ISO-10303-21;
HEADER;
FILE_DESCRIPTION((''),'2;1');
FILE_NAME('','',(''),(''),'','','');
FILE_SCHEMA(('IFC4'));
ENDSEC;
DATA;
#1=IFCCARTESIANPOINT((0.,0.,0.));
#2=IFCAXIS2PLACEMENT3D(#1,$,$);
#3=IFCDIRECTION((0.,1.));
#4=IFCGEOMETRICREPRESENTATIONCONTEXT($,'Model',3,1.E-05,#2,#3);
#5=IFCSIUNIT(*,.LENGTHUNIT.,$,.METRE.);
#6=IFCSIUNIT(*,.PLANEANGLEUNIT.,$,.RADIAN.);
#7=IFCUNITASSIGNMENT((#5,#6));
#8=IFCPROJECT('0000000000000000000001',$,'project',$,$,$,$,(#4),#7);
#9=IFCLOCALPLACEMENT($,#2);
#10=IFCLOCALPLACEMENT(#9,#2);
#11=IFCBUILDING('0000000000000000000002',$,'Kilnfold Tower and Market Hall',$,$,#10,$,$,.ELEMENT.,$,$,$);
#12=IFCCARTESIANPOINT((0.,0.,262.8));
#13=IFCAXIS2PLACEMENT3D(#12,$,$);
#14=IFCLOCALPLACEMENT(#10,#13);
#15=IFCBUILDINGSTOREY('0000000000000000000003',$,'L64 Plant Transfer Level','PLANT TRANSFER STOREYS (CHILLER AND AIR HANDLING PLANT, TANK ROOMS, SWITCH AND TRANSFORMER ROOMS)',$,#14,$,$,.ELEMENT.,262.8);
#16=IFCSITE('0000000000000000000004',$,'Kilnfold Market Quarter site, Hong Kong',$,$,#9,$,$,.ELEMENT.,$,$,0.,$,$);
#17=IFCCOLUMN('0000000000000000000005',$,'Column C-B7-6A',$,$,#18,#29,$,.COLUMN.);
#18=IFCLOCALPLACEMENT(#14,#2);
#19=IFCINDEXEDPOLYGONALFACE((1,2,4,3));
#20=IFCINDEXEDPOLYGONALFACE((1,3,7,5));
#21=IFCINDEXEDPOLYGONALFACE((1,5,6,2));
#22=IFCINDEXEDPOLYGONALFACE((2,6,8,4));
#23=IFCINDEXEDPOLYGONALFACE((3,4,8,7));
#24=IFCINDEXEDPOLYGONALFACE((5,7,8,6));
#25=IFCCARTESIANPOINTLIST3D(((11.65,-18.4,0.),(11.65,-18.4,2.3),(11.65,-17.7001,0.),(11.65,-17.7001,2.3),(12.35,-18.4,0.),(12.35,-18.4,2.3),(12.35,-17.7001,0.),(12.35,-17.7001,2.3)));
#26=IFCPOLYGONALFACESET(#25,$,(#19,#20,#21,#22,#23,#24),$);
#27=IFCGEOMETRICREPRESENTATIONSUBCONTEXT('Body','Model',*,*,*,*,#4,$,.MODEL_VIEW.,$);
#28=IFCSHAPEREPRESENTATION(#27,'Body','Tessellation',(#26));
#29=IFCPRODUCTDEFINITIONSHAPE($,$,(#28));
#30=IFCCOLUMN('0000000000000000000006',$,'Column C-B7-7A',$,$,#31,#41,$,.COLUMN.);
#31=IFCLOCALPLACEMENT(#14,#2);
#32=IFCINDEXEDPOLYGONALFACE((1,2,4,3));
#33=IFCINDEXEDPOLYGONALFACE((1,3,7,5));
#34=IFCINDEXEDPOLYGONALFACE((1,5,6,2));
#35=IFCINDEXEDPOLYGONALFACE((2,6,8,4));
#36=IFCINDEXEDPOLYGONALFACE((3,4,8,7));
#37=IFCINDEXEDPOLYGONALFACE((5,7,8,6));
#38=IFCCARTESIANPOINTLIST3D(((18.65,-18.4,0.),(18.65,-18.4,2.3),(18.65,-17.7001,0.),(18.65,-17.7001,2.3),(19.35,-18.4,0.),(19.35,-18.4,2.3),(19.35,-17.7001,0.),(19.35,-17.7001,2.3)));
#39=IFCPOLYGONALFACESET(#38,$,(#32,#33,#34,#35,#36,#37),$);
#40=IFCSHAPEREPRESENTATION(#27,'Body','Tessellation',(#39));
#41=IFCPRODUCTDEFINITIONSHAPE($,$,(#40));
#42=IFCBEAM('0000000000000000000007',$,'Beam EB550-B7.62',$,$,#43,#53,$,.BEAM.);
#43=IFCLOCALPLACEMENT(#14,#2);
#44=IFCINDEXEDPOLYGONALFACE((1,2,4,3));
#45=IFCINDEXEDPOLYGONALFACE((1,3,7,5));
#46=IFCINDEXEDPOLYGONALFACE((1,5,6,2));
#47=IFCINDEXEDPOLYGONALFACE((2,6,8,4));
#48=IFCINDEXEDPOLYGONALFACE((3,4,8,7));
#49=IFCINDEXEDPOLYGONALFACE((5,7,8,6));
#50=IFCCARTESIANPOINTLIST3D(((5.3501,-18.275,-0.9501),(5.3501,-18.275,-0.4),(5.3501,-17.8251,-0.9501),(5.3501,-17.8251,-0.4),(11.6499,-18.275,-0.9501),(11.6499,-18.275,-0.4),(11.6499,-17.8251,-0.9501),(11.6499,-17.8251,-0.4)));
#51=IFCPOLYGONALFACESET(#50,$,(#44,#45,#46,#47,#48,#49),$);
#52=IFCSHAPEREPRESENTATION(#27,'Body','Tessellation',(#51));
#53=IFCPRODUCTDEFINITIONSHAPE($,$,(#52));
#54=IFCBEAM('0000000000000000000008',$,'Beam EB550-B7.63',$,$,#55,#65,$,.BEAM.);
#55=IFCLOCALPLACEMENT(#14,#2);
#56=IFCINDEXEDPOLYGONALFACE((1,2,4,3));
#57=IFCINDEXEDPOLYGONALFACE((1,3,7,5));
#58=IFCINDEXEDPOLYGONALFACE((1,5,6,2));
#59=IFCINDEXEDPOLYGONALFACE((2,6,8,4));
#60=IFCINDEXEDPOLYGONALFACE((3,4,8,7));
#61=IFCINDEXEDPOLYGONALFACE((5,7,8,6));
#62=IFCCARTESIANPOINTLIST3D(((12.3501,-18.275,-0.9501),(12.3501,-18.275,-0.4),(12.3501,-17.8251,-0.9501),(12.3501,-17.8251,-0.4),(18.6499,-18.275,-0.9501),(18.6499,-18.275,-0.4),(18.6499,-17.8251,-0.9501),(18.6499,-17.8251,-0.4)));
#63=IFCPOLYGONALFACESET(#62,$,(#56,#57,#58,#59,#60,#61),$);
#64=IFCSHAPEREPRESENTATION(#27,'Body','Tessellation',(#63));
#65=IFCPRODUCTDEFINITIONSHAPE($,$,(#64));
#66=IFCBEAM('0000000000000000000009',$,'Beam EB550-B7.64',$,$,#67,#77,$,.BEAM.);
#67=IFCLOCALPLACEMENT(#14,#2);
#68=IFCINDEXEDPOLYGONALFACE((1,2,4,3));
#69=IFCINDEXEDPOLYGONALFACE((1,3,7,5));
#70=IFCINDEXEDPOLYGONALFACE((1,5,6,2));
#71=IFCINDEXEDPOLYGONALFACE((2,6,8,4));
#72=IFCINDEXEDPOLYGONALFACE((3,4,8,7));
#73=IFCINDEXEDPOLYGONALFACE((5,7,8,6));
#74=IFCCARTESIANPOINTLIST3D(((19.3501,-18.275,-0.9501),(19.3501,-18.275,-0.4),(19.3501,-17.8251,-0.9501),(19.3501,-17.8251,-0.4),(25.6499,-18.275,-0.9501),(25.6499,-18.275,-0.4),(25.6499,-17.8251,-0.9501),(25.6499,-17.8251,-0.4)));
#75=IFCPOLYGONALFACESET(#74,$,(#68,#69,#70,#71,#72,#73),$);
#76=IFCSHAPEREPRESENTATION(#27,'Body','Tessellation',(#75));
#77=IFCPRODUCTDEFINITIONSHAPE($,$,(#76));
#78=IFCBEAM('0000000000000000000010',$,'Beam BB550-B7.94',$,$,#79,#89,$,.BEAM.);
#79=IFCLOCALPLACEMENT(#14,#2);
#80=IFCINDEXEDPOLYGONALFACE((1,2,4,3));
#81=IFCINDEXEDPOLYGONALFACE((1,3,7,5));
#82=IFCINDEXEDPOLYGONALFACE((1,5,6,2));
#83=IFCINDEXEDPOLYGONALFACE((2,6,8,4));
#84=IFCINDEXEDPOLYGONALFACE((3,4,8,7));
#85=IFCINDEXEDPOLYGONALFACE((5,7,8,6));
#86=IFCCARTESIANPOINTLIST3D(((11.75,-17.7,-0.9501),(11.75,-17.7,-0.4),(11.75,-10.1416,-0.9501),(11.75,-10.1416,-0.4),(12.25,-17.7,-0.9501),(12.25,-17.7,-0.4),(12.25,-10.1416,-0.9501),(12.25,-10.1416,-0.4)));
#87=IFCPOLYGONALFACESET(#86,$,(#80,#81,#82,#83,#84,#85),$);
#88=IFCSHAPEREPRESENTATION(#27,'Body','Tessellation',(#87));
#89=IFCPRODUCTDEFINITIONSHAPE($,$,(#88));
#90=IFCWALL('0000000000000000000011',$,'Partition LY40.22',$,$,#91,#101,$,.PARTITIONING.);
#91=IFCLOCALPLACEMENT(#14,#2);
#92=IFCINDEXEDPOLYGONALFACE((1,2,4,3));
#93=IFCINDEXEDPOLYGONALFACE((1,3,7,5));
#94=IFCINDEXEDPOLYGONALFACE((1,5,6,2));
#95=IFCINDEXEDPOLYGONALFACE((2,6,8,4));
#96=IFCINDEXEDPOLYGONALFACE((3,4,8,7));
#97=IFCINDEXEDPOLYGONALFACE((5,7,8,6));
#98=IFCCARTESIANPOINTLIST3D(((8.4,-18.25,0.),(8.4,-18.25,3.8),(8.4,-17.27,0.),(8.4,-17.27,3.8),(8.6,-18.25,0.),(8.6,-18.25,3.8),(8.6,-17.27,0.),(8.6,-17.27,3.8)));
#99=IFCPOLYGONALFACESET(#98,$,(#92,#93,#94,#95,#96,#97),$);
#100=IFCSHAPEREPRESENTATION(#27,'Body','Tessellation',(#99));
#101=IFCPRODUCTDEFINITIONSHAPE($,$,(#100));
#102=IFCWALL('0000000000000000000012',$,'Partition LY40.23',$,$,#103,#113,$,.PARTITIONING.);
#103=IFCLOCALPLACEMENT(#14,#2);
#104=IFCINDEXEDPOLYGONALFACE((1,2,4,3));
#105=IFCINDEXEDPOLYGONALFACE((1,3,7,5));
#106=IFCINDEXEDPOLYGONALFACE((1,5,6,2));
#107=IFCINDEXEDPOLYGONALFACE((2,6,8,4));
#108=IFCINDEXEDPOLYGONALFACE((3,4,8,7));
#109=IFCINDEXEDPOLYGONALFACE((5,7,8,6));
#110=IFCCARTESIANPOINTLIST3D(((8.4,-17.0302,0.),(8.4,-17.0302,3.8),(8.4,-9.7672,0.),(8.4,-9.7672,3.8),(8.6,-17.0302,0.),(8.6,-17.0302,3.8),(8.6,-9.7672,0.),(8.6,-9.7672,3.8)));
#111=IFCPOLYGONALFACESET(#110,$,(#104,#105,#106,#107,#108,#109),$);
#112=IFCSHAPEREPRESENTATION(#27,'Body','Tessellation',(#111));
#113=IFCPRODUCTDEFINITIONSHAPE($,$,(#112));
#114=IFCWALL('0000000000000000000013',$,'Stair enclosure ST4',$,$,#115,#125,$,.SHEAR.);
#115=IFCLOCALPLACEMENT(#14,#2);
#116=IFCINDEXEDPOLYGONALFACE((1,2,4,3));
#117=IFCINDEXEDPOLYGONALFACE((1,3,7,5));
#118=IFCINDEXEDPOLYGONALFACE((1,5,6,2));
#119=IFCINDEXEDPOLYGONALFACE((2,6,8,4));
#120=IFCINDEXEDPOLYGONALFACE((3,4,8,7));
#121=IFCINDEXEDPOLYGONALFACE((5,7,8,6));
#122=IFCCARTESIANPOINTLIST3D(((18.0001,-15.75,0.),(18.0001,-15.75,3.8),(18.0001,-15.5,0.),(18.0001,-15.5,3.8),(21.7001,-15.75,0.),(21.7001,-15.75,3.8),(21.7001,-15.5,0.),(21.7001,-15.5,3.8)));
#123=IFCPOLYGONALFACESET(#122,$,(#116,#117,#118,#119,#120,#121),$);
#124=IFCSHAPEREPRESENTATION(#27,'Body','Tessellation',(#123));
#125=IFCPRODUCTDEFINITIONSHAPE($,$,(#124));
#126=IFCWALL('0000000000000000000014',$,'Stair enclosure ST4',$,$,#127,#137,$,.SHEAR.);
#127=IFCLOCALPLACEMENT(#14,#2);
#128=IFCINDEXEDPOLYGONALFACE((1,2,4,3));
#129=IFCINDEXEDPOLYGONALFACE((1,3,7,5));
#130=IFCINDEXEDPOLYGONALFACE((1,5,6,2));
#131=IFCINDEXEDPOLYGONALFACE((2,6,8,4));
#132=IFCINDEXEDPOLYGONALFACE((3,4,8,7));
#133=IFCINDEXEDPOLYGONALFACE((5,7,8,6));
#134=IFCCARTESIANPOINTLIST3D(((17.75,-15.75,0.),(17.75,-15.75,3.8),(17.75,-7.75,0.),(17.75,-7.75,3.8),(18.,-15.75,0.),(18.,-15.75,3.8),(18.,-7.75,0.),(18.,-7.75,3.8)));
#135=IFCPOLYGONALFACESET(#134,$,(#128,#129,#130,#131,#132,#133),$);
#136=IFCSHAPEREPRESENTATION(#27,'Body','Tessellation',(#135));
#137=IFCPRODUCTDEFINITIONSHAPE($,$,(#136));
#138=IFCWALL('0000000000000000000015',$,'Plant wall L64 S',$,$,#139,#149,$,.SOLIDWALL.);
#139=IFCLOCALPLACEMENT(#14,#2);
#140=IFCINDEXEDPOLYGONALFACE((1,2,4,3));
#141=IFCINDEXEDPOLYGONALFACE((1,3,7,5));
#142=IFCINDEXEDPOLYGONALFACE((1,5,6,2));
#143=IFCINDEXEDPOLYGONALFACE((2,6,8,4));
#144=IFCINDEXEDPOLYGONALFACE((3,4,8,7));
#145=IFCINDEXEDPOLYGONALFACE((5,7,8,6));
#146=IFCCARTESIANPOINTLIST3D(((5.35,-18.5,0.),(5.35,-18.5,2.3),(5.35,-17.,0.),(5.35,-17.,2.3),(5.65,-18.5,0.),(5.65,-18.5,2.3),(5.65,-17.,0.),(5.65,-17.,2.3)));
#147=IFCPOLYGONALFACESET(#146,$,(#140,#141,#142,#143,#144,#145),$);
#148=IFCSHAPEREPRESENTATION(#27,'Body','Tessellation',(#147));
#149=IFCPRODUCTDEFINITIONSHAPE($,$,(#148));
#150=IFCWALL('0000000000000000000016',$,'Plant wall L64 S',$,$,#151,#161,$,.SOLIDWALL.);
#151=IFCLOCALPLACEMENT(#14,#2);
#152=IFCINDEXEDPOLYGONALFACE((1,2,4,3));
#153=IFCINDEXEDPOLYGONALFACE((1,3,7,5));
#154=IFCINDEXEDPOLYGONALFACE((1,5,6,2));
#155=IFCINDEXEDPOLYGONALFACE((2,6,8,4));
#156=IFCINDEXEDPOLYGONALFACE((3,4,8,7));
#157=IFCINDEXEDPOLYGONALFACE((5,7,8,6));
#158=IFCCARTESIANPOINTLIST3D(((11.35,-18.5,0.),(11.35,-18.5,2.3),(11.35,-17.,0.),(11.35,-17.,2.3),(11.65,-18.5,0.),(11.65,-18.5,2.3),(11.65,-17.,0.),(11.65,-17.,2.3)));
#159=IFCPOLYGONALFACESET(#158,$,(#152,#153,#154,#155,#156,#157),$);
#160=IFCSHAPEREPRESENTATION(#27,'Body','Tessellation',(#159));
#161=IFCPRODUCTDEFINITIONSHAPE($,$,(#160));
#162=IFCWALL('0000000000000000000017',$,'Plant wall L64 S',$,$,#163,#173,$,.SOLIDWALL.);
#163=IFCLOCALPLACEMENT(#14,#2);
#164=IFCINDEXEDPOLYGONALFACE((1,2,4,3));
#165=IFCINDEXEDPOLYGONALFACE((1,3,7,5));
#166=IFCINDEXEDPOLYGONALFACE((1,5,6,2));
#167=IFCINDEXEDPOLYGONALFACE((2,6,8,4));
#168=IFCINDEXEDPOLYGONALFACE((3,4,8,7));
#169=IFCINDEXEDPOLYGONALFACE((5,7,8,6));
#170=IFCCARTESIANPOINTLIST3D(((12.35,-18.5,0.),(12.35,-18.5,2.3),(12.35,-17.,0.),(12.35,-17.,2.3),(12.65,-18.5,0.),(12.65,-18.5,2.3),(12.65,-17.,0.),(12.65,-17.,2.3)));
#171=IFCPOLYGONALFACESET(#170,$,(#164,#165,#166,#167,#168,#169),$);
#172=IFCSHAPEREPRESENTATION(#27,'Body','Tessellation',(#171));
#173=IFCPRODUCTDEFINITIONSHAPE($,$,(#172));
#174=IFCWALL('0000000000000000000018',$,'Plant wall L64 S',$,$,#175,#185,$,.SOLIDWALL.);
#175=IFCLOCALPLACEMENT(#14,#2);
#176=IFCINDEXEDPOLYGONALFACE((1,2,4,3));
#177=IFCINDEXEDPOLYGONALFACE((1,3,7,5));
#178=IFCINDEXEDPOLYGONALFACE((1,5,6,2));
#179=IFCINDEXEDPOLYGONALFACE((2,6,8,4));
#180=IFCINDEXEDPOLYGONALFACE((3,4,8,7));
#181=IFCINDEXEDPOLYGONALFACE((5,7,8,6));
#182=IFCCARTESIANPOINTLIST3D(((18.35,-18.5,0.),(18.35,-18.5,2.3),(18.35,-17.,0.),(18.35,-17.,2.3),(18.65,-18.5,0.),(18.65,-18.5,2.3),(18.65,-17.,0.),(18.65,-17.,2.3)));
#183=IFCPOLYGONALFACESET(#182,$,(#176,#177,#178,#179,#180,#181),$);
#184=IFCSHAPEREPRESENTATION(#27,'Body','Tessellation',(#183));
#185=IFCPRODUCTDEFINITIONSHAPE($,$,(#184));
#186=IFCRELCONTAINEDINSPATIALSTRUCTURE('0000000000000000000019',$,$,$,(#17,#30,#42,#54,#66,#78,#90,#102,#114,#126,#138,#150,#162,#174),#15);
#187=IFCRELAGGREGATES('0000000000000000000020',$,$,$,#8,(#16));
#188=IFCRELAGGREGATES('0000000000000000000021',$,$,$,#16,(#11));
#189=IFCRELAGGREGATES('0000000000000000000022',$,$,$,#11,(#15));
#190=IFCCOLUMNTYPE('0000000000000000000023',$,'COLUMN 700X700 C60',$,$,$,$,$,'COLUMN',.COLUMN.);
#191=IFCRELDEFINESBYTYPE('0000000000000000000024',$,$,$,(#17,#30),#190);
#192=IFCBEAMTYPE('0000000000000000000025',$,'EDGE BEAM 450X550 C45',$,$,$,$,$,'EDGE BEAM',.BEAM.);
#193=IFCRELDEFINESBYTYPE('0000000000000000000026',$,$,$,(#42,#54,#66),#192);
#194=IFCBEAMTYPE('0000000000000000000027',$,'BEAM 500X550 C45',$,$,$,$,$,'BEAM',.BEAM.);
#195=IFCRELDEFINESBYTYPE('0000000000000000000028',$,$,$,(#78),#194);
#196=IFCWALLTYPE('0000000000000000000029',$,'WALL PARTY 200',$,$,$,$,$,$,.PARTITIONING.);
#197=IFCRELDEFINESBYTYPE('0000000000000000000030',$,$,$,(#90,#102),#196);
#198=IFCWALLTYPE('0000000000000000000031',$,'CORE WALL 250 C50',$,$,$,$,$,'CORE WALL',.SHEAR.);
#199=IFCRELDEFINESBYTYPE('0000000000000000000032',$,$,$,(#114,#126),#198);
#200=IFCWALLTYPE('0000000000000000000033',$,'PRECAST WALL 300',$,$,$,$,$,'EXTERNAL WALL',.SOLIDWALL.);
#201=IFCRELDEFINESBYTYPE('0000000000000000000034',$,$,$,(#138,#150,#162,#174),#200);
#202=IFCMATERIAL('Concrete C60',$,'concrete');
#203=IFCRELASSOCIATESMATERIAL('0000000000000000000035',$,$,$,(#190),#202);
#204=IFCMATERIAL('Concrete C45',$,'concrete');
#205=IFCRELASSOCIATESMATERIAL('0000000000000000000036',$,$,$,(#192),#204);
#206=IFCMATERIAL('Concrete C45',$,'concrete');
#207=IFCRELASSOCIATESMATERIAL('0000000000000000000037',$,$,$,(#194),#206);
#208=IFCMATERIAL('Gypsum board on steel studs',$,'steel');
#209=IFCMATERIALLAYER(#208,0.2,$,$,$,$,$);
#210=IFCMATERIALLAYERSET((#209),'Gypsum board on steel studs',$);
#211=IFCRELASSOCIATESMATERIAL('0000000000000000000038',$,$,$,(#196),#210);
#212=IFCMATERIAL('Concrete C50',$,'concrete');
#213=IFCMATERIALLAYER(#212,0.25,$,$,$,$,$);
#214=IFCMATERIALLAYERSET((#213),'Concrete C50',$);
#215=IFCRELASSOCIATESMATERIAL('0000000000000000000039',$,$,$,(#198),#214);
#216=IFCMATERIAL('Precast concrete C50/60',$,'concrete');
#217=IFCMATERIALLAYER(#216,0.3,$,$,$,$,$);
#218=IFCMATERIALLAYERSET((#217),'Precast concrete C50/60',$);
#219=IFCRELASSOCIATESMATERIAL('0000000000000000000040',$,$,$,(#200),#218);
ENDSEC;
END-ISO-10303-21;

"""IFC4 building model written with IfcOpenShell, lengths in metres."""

from ifc_helpers import new_model, si_unit, direction, frame, frame_2d, origin, origin_2d, place, context, subcontext, project, spatial, rectangle, extrude, source, transform, mapped, material, layer, layer_set, material_profile, profile_set, type_object, element, save


model = new_model("IFC4")

# Units and contexts
model_context = context("Model", 3, precision=1e-05, world=origin(), true_north=direction((0.0, 1.0)))
body_context = subcontext(model_context, "Body", "Model", "MODEL_VIEW")
ifc_project = project(units=[si_unit("LENGTHUNIT", "METRE"), si_unit("PLANEANGLEUNIT", "RADIAN")], contexts=[model_context])

# Site, building, storey
site_placement = place(None, origin())
site = spatial("IfcSite", under=ifc_project, at=site_placement, Name="Kilnfold Market Quarter site, Hong Kong", CompositionType="ELEMENT", RefElevation=0.0)
building_placement = place(site_placement, origin())
building = spatial("IfcBuilding", under=site, at=building_placement, Name="Kilnfold Tower and Market Hall", CompositionType="ELEMENT")
storey_placement = place(building_placement, frame((0.0, 0.0, 262.8)))
storey = spatial("IfcBuildingStorey", under=building, at=storey_placement, Name="L64 Plant Transfer Level", Description="PLANT TRANSFER STOREYS (CHILLER AND AIR HANDLING PLANT, TANK ROOMS, SWITCH AND TRANSFORMER ROOMS)", CompositionType="ELEMENT", Elevation=262.8)

# Columns
ifc_material_1 = material(Name="Concrete C60", Category="concrete")
ifc_material_profile_1 = material_profile(ifc_material_1, rectangle(XDim=0.7, YDim=0.7, at=origin_2d()), Name="RC 700x700")
ifc_profile_set_1 = profile_set([ifc_material_profile_1], Name="Concrete C60")
column_type = type_object("IfcColumnType", Name="COLUMN 700X700 C60", ElementType="COLUMN", PredefinedType="COLUMN", material=ifc_profile_set_1)
shared_shape_1 = source(origin(), body_context, "Body", "SweptSolid", [
    extrude(rectangle(XDim=0.7, YDim=0.7, at=origin_2d()), origin(), (0.0, 0.0, 1.0), 2.3),
])
for number, where, z_axis, x_axis, name in (
    (1, (12.0, -18.05, 0.0), (0.0, 0.0, 1.0), (1.0, 0.0, 0.0), "Column C-B7-6A"),
    (2, (19.0, -18.05, 0.0), (0.0, 0.0, 1.0), (1.0, 0.0, 0.0), "Column C-B7-7A"),
):
    element("IfcColumn", number, at=place(storey_placement, frame(where, z_axis=z_axis, x_axis=x_axis)), inside=storey, type_object=column_type, Name=name, PredefinedType="COLUMN", context=body_context, shape_type="MappedRepresentation", body=[
        mapped(shared_shape_1, transform((0.0, 0.0, 0.0))),
    ])

# Beams
ifc_material_2 = material(Name="Concrete C45", Category="concrete")
ifc_material_profile_2 = material_profile(ifc_material_2, rectangle(XDim=0.45, YDim=0.55, at=origin_2d()), Name="RC 450x550")
ifc_profile_set_2 = profile_set([ifc_material_profile_2], Name="Concrete C45")
beam_type_1 = type_object("IfcBeamType", Name="EDGE BEAM 450X550 C45", ElementType="EDGE BEAM", PredefinedType="BEAM", material=ifc_profile_set_2)
shared_shape_2 = source(origin(), body_context, "Body", "SweptSolid", [
    extrude(rectangle(XDim=0.45, YDim=0.55, at=origin_2d()), origin(), (0.0, 0.0, 1.0), 6.2998),
])
for number, where, z_axis, x_axis, name in (
    (3, (5.3501, -18.05, -0.675), (1.0, 0.0, 0.0), (0.0, 1.0, 0.0), "Beam EB550-B7.62"),
    (4, (12.3501, -18.05, -0.675), (1.0, 0.0, 0.0), (0.0, 1.0, 0.0), "Beam EB550-B7.63"),
    (5, (19.3501, -18.05, -0.675), (1.0, 0.0, 0.0), (0.0, 1.0, 0.0), "Beam EB550-B7.64"),
):
    element("IfcBeam", number, at=place(storey_placement, frame(where, z_axis=z_axis, x_axis=x_axis)), inside=storey, type_object=beam_type_1, Name=name, PredefinedType="BEAM", context=body_context, shape_type="MappedRepresentation", body=[
        mapped(shared_shape_2, transform((0.0, 0.0, 0.0))),
    ])
ifc_material_3 = material(Name="Concrete C45", Category="concrete")
ifc_material_profile_3 = material_profile(ifc_material_3, rectangle(XDim=0.5, YDim=0.55, at=origin_2d()), Name="RC 500x550")
ifc_profile_set_3 = profile_set([ifc_material_profile_3], Name="Concrete C45")
beam_type_2 = type_object("IfcBeamType", Name="BEAM 500X550 C45", ElementType="BEAM", PredefinedType="BEAM", material=ifc_profile_set_3)
shared_shape_3 = source(origin(), body_context, "Body", "SweptSolid", [
    extrude(rectangle(XDim=0.5, YDim=0.55, at=origin_2d()), origin(), (0.0, 0.0, 1.0), 7.5583),
])
beam_placement = place(storey_placement, frame((12.0, -17.7, -0.675), z_axis=(0.0, 1.0, 0.0), x_axis=(-1.0, 0.0, 0.0)))
element("IfcBeam", 6, at=beam_placement, inside=storey, type_object=beam_type_2, Name="Beam BB550-B7.94", PredefinedType="BEAM", context=body_context, shape_type="MappedRepresentation", body=[
    mapped(shared_shape_3, transform((0.0, 0.0, 0.0))),
])

# Walls
ifc_material_4 = material(Name="Gypsum board on steel studs", Category="steel")
ifc_layer_1 = layer(ifc_material_4, 0.2)
ifc_layer_set_1 = layer_set([ifc_layer_1], Name="Gypsum board on steel studs")
wall_type_1 = type_object("IfcWallType", Name="WALL PARTY 200", PredefinedType="PARTITIONING", material=ifc_layer_set_1)
wall_1_placement = place(storey_placement, frame((8.5, -18.25, 0.0), z_axis=(0.0, 0.0, 1.0), x_axis=(0.0, 1.0, 0.0)))
element("IfcWall", 7, at=wall_1_placement, inside=storey, type_object=wall_type_1, Name="Partition LY40.22", PredefinedType="PARTITIONING", context=body_context, shape_type="SweptSolid", body=[
    extrude(rectangle(XDim=0.98, YDim=0.2, at=frame_2d((0.49, 0.0))), origin(), (0.0, 0.0, 1.0), 3.8),
])
wall_2_placement = place(storey_placement, frame((8.5, -17.03, 0.0), z_axis=(0.0, 0.0, 1.0), x_axis=(0.0, 1.0, 0.0)))
element("IfcWall", 8, at=wall_2_placement, inside=storey, type_object=wall_type_1, Name="Partition LY40.23", PredefinedType="PARTITIONING", context=body_context, shape_type="SweptSolid", body=[
    extrude(rectangle(XDim=7.2629, YDim=0.2, at=frame_2d((3.6313, 0.0))), origin(), (0.0, 0.0, 1.0), 3.8),
])
ifc_material_5 = material(Name="Concrete C50", Category="concrete")
ifc_layer_2 = layer(ifc_material_5, 0.25)
ifc_layer_set_2 = layer_set([ifc_layer_2], Name="Concrete C50")
wall_type_2 = type_object("IfcWallType", Name="CORE WALL 250 C50", ElementType="CORE WALL", PredefinedType="SHEAR", material=ifc_layer_set_2)
shared_shape_4 = source(origin(), body_context, "Body", "SweptSolid", [
    extrude(rectangle(XDim=3.7, YDim=0.25, at=frame_2d((1.8501, 0.0))), origin(), (0.0, 0.0, 1.0), 3.8),
])
wall_3_placement = place(storey_placement, frame((18.0, -15.625, 0.0), z_axis=(0.0, 0.0, 1.0), x_axis=(1.0, 0.0, 0.0)))
element("IfcWall", 9, at=wall_3_placement, inside=storey, type_object=wall_type_2, Name="Stair enclosure ST4", PredefinedType="SHEAR", context=body_context, shape_type="MappedRepresentation", body=[
    mapped(shared_shape_4, transform((0.0, 0.0, 0.0))),
])
shared_shape_5 = source(origin(), body_context, "Body", "SweptSolid", [
    extrude(rectangle(XDim=8.0, YDim=0.25, at=frame_2d((4.0, 0.0))), origin(), (0.0, 0.0, 1.0), 3.8),
])
wall_4_placement = place(storey_placement, frame((17.875, -15.75, 0.0), z_axis=(0.0, 0.0, 1.0), x_axis=(0.0, 1.0, 0.0)))
element("IfcWall", 10, at=wall_4_placement, inside=storey, type_object=wall_type_2, Name="Stair enclosure ST4", PredefinedType="SHEAR", context=body_context, shape_type="MappedRepresentation", body=[
    mapped(shared_shape_5, transform((0.0, 0.0, 0.0))),
])
ifc_material_6 = material(Name="Precast concrete C50/60", Category="concrete")
ifc_layer_3 = layer(ifc_material_6, 0.3)
ifc_layer_set_3 = layer_set([ifc_layer_3], Name="Precast concrete C50/60")
wall_type_3 = type_object("IfcWallType", Name="PRECAST WALL 300", ElementType="EXTERNAL WALL", PredefinedType="SOLIDWALL", material=ifc_layer_set_3)
shared_shape_6 = source(origin(), body_context, "Body", "SweptSolid", [
    extrude(rectangle(XDim=1.5, YDim=0.3, at=frame_2d((0.75, 0.0))), origin(), (0.0, 0.0, 1.0), 2.3),
])
for number, where, z_axis, x_axis, name in (
    (11, (5.5, -18.5, 0.0), (0.0, 0.0, 1.0), (0.0, 1.0, 0.0), "Plant wall L64 S"),
    (12, (11.5, -18.5, 0.0), (0.0, 0.0, 1.0), (0.0, 1.0, 0.0), "Plant wall L64 S"),
    (13, (12.5, -18.5, 0.0), (0.0, 0.0, 1.0), (0.0, 1.0, 0.0), "Plant wall L64 S"),
    (14, (18.5, -18.5, 0.0), (0.0, 0.0, 1.0), (0.0, 1.0, 0.0), "Plant wall L64 S"),
):
    element("IfcWall", number, at=place(storey_placement, frame(where, z_axis=z_axis, x_axis=x_axis)), inside=storey, type_object=wall_type_3, Name=name, PredefinedType="SOLIDWALL", context=body_context, shape_type="MappedRepresentation", body=[
        mapped(shared_shape_6, transform((0.0, 0.0, 0.0))),
    ])

save(model, "model.ifc")
